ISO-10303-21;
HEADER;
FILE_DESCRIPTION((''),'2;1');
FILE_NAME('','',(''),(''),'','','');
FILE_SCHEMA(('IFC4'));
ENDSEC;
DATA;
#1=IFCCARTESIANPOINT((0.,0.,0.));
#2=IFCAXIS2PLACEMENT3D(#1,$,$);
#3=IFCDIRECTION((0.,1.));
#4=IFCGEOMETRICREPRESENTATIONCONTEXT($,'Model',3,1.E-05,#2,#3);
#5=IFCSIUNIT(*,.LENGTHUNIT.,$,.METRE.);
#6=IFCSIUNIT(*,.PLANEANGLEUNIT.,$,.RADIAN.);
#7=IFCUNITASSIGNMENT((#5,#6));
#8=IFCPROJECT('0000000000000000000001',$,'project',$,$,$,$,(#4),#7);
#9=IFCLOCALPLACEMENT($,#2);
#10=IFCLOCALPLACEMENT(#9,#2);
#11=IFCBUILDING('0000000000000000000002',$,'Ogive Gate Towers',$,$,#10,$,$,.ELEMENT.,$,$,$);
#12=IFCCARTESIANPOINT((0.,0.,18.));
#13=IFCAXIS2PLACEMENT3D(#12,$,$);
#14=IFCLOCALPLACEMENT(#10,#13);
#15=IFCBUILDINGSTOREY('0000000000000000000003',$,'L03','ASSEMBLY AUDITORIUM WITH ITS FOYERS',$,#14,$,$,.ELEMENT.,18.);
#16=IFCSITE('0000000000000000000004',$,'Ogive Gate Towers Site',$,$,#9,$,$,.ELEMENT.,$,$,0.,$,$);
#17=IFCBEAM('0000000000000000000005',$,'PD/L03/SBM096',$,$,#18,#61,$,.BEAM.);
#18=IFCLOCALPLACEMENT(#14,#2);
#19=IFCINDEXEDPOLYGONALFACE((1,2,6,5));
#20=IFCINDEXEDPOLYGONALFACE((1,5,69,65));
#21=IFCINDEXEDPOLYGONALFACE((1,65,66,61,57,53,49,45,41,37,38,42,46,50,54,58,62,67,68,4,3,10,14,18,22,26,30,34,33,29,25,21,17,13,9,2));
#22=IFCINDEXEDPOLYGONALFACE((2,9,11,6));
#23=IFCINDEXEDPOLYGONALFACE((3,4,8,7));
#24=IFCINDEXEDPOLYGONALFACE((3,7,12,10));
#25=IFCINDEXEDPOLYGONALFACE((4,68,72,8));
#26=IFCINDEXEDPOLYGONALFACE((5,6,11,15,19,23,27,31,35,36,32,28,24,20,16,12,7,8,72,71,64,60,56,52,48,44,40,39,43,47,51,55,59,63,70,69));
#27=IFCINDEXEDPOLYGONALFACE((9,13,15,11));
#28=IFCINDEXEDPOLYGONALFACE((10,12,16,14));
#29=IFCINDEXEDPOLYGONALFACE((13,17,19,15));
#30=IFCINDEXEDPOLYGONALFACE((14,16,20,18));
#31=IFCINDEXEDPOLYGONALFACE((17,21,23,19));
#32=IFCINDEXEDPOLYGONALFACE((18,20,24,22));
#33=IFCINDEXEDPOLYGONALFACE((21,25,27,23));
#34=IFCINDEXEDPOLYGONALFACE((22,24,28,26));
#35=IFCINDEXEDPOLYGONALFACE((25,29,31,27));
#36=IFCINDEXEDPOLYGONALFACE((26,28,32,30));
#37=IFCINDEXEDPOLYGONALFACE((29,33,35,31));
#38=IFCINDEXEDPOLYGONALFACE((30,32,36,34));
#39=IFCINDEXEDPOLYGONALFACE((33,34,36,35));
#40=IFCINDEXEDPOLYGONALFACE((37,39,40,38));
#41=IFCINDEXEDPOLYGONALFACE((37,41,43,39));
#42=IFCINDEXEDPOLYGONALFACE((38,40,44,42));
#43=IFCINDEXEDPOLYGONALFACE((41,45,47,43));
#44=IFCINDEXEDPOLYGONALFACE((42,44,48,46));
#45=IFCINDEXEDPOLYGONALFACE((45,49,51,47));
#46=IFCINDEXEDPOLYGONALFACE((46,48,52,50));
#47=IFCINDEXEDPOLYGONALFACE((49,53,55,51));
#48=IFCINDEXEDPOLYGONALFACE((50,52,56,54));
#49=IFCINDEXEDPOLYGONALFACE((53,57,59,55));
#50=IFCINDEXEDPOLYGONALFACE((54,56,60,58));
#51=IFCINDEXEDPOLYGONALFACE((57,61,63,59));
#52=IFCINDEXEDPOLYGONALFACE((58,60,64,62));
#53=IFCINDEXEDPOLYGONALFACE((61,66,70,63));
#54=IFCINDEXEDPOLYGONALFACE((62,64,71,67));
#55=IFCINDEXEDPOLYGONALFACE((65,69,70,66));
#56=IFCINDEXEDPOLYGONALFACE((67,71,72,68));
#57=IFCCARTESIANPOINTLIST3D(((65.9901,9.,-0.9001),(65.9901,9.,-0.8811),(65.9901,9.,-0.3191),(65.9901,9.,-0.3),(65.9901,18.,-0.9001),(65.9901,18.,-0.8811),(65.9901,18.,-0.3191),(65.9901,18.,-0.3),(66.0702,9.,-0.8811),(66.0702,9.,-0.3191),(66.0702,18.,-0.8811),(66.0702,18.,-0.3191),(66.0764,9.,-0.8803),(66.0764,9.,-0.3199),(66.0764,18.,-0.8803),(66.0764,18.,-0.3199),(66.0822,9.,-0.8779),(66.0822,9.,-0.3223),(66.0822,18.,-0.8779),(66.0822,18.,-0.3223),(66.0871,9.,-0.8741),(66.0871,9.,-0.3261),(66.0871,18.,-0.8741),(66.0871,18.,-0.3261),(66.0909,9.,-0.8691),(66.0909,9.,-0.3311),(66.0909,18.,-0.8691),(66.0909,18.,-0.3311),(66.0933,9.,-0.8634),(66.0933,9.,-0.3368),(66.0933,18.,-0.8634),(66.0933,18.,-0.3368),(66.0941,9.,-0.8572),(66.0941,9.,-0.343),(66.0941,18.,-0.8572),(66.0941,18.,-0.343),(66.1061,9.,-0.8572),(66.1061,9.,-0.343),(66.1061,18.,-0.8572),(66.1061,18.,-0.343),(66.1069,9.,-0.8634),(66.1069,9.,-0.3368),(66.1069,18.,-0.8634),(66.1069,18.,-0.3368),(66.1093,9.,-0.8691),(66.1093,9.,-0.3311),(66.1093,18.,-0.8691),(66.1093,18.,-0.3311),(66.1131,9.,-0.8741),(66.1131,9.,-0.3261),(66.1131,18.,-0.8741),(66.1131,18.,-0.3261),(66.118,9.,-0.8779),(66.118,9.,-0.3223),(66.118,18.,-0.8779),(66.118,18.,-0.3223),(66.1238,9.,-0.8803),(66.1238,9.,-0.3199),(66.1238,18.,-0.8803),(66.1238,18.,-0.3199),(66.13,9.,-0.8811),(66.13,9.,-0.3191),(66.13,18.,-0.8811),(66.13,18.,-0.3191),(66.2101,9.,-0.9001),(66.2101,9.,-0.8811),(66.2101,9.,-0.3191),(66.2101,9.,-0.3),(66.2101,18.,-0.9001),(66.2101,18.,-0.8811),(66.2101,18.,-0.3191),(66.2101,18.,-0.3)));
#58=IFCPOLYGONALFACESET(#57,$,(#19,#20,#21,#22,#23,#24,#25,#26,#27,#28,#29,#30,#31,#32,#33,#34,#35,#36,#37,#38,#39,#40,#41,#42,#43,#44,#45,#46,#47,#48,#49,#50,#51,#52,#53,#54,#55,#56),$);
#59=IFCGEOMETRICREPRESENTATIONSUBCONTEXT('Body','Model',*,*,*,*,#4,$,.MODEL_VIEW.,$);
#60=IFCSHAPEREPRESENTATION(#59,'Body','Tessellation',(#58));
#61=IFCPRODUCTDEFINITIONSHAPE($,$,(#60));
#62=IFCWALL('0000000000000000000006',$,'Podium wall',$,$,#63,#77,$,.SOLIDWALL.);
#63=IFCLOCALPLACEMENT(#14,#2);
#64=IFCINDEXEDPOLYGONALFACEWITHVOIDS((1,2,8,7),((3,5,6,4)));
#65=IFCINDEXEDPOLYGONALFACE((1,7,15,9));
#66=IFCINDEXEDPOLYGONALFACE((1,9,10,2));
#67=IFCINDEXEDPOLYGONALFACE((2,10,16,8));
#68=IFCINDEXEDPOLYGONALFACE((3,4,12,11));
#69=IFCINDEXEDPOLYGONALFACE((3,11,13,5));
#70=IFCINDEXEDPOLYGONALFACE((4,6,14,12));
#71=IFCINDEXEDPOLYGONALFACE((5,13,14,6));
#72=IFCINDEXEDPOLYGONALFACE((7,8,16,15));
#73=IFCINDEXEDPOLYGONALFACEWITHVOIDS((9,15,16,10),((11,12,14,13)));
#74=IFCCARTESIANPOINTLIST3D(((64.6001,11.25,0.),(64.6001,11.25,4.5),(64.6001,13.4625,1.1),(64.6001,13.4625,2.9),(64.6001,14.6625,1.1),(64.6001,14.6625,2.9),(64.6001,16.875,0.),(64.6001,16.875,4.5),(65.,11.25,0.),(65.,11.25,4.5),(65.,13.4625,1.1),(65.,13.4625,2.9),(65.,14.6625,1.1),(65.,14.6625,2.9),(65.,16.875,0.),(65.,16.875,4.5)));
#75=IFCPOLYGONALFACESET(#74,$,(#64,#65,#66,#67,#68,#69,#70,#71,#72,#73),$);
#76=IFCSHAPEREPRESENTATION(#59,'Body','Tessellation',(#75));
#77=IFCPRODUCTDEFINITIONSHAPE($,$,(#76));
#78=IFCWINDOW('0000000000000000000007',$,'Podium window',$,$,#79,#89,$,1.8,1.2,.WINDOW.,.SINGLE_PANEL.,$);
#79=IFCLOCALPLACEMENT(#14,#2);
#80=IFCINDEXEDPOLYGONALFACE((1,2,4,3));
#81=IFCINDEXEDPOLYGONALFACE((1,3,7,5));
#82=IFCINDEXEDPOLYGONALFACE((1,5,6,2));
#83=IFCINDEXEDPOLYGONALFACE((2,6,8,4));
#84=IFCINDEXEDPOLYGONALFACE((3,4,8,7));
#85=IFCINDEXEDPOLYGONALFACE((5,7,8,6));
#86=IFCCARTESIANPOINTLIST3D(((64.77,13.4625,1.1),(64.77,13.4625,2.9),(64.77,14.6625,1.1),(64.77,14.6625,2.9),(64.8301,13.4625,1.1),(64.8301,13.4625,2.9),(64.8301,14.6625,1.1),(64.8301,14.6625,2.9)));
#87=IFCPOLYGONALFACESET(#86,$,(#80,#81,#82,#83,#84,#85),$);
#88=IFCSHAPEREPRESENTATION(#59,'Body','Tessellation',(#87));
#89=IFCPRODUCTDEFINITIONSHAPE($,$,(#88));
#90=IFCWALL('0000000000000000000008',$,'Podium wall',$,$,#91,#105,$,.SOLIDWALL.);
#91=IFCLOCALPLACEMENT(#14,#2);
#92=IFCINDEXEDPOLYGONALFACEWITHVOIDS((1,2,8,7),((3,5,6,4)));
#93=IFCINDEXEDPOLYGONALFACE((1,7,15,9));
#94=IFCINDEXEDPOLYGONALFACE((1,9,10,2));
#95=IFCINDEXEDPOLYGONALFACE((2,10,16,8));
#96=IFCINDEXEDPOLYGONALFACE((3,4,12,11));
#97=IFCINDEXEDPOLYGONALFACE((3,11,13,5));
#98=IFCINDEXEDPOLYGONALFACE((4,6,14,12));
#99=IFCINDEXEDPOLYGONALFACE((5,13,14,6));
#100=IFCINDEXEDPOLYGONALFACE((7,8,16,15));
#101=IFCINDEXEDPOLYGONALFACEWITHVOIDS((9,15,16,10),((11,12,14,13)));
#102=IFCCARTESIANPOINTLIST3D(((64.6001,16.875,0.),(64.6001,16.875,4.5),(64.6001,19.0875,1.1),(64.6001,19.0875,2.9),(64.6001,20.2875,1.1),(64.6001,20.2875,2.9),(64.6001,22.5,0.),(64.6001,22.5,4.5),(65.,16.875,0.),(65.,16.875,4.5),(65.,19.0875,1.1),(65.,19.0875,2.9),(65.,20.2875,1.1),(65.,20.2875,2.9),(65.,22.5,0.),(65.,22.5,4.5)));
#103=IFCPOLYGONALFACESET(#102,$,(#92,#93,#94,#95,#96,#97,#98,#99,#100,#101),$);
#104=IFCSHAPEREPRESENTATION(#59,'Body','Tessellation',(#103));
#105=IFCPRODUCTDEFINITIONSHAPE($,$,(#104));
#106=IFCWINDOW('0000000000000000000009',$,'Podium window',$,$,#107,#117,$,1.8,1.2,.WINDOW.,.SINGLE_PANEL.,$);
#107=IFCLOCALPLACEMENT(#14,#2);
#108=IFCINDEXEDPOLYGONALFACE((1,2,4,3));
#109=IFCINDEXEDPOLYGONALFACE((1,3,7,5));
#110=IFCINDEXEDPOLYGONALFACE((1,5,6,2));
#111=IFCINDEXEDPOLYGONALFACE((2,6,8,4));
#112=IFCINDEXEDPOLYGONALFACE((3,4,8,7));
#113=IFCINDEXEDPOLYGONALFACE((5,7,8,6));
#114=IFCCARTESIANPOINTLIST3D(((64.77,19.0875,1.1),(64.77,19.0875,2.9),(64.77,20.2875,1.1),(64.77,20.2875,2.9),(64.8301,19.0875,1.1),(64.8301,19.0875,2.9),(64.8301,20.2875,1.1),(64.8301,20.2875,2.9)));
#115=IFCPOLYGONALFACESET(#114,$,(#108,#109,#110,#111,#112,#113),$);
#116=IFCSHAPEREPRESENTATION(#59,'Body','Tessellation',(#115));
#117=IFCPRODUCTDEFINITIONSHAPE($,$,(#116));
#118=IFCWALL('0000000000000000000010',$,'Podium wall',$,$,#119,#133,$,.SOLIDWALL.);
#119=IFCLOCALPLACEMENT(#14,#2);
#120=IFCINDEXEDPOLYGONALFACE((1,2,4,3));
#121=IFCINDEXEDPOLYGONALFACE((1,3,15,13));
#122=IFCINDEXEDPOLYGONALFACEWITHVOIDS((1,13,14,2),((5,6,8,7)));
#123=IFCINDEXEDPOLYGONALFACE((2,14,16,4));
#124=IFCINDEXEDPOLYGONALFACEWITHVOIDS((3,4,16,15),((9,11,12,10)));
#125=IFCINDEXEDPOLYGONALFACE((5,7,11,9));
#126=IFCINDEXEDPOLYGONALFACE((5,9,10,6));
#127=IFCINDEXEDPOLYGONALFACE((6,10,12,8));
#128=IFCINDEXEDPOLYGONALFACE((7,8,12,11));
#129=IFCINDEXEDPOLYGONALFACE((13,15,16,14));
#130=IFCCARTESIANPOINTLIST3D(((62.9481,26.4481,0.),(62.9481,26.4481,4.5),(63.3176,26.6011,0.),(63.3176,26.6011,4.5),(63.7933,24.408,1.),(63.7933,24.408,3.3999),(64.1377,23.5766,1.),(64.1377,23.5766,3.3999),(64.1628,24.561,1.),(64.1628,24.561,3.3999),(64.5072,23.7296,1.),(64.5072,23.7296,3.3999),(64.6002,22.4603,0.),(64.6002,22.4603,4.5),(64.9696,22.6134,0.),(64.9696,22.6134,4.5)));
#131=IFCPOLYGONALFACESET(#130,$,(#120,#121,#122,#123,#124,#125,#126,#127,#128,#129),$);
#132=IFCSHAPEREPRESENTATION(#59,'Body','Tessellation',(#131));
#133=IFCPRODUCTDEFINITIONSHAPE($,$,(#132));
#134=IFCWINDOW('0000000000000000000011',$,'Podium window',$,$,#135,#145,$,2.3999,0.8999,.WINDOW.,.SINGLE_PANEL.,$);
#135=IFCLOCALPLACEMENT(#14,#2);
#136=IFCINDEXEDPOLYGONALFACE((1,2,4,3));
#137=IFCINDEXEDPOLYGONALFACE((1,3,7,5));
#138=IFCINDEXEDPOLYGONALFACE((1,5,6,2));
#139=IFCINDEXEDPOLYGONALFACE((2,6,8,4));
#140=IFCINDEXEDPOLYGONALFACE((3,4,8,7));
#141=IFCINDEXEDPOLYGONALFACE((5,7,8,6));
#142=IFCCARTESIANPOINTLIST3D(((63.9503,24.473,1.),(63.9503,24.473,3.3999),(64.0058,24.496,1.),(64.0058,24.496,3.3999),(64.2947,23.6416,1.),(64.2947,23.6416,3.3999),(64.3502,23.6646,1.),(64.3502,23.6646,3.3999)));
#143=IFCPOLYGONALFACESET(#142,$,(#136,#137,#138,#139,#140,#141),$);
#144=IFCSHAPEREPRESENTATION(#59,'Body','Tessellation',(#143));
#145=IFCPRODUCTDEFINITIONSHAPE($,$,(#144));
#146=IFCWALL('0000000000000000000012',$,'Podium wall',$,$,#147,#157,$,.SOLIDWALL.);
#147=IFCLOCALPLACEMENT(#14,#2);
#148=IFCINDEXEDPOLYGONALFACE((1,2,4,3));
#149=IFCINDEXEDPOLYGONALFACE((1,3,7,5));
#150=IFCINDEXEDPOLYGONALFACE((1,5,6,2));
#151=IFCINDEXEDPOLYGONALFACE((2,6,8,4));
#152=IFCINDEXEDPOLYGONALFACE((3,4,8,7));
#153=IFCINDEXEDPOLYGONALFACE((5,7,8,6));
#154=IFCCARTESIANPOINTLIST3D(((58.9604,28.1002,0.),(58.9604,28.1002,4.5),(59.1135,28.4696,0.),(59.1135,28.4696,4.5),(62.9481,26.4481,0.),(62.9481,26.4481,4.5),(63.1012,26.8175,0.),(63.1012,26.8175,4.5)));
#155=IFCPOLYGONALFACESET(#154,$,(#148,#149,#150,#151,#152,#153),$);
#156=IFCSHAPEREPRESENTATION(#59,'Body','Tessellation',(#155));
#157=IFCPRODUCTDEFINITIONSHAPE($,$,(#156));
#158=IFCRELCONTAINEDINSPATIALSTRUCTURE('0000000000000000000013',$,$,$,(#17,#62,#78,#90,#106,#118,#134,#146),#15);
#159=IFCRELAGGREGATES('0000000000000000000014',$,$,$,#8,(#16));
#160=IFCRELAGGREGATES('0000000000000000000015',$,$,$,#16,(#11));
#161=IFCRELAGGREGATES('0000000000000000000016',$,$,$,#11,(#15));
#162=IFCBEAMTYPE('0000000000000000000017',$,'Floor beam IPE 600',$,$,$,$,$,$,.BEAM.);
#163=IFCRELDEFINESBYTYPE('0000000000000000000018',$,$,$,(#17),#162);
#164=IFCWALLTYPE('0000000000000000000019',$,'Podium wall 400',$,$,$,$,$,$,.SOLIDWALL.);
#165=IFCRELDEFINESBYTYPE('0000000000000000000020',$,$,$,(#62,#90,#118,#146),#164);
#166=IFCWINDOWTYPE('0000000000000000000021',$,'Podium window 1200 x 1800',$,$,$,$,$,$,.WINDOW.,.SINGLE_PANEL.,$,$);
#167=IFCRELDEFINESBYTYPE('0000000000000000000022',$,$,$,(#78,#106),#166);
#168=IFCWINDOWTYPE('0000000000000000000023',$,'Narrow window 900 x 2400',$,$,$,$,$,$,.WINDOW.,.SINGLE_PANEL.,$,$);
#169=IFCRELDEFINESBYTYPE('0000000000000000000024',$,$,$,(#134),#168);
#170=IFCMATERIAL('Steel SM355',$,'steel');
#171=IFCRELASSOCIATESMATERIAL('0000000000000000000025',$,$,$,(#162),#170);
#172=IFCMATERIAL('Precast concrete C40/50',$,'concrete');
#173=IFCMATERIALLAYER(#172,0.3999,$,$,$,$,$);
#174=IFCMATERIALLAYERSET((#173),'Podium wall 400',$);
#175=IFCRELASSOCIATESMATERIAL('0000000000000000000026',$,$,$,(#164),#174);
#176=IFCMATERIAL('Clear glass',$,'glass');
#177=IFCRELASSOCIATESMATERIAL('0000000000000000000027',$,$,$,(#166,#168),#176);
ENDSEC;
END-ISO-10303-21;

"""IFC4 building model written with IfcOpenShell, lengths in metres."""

from ifc_helpers import new_model, si_unit, direction, frame, frame_2d, origin, origin_2d, place, context, subcontext, project, spatial, rectangle, i_section, extrude, material, layer, layer_set, material_profile, profile_set, type_object, element, fill, save


model = new_model("IFC4")

# Units and contexts
model_context = context("Model", 3, precision=1e-05, world=origin(), true_north=direction((0.0, 1.0)))
body_context = subcontext(model_context, "Body", "Model", "MODEL_VIEW")
ifc_project = project(units=[si_unit("LENGTHUNIT", "METRE"), si_unit("PLANEANGLEUNIT", "RADIAN")], contexts=[model_context])

# Site, building, storey
site_placement = place(None, origin())
site = spatial("IfcSite", under=ifc_project, at=site_placement, Name="Ogive Gate Towers Site", CompositionType="ELEMENT", RefElevation=0.0)
building_placement = place(site_placement, origin())
building = spatial("IfcBuilding", under=site, at=building_placement, Name="Ogive Gate Towers", CompositionType="ELEMENT")
storey_placement = place(building_placement, frame((0.0, 0.0, 18.0)))
storey = spatial("IfcBuildingStorey", under=building, at=storey_placement, Name="L03", Description="ASSEMBLY AUDITORIUM WITH ITS FOYERS", CompositionType="ELEMENT", Elevation=18.0)

# Beam
ifc_material_1 = material(Name="Steel SM355", Category="steel")
ifc_material_profile_1 = material_profile(ifc_material_1, i_section(OverallWidth=0.22, OverallDepth=0.6001, WebThickness=0.012, FlangeThickness=0.019, FilletRadius=0.0239, at=origin_2d()), Name="IPE 600")
ifc_profile_set_1 = profile_set([ifc_material_profile_1], Name="Steel SM355")
beam_type_1 = type_object("IfcBeamType", Name="Floor beam IPE 600", PredefinedType="BEAM", material=ifc_profile_set_1)
beam_1_placement = place(storey_placement, frame((66.1001, 18.0, -0.6001), z_axis=(0.0, -1.0, 0.0), x_axis=(1.0, 0.0, 0.0)))
element("IfcBeam", 1, at=beam_1_placement, inside=storey, type_object=beam_type_1, Name="PD/L03/SBM096", PredefinedType="BEAM", context=body_context, shape_type="SweptSolid", body=[
    extrude(i_section(OverallWidth=0.22, OverallDepth=0.6001, WebThickness=0.012, FlangeThickness=0.019, FilletRadius=0.0239, at=origin_2d()), origin(), (0.0, 0.0, 1.0), 9.0),
])

# Walls, openings, windows
ifc_material_2 = material(Name="Precast concrete C40/50", Category="concrete")
ifc_layer = layer(ifc_material_2, 0.3999)
ifc_layer_set = layer_set([ifc_layer], Name="Podium wall 400")
wall_type = type_object("IfcWallType", Name="Podium wall 400", PredefinedType="SOLIDWALL", material=ifc_layer_set)
wall_1_placement = place(storey_placement, frame((64.8, 11.25, 0.0), z_axis=(0.0, 0.0, 1.0), x_axis=(0.0, 1.0, 0.0)))
wall_1 = element("IfcWall", 2, at=wall_1_placement, inside=storey, type_object=wall_type, Name="Podium wall", PredefinedType="SOLIDWALL", context=body_context, shape_type="SweptSolid", body=[
    extrude(rectangle(XDim=5.625, YDim=0.3999, at=frame_2d((2.8125, 0.0))), origin(), (0.0, 0.0, 1.0), 4.5),
])
opening_1_placement = place(wall_1_placement, frame((2.2124, 0.0, 1.1001)))
opening_1 = element("IfcOpeningElement", 3, at=opening_1_placement, cuts=wall_1, PredefinedType="OPENING", context=body_context, shape_type="SweptSolid", body=[
    extrude(rectangle(XDim=1.2, YDim=1.8, at=frame_2d((0.6001, 0.8999))), frame((0.0, 0.21, 0.0), z_axis=(0.0, -1.0, 0.0), x_axis=(1.0, 0.0, 0.0)), (0.0, 0.0, 1.0), 0.4199),
])
ifc_material_3 = material(Name="Clear glass", Category="glass")
window_type_1 = type_object("IfcWindowType", Name="Podium window 1200 x 1800", PartitioningType="SINGLE_PANEL", PredefinedType="WINDOW", material=ifc_material_3)
window_1_placement = place(opening_1_placement, origin())
window_1 = element("IfcWindow", 4, at=window_1_placement, inside=storey, type_object=window_type_1, Name="Podium window", OverallHeight=1.8, OverallWidth=1.2, PartitioningType="SINGLE_PANEL", PredefinedType="WINDOW", context=body_context, shape_type="SweptSolid", body=[
    extrude(rectangle(XDim=1.2, YDim=1.8, at=frame_2d((0.6001, 0.8999))), frame((0.0, 0.03, 0.0), z_axis=(0.0, -1.0, 0.0), x_axis=(1.0, 0.0, 0.0)), (0.0, 0.0, 1.0), 0.0601),
])
fill(opening_1, window_1)
wall_2_placement = place(storey_placement, frame((64.8, 16.875, 0.0), z_axis=(0.0, 0.0, 1.0), x_axis=(0.0, 1.0, 0.0)))
wall_2 = element("IfcWall", 5, at=wall_2_placement, inside=storey, type_object=wall_type, Name="Podium wall", PredefinedType="SOLIDWALL", context=body_context, shape_type="SweptSolid", body=[
    extrude(rectangle(XDim=5.625, YDim=0.3999, at=frame_2d((2.8125, 0.0))), origin(), (0.0, 0.0, 1.0), 4.5),
])
opening_2_placement = place(wall_2_placement, frame((2.2124, 0.0, 1.1001)))
opening_2 = element("IfcOpeningElement", 6, at=opening_2_placement, cuts=wall_2, PredefinedType="OPENING", context=body_context, shape_type="SweptSolid", body=[
    extrude(rectangle(XDim=1.2, YDim=1.8, at=frame_2d((0.6001, 0.8999))), frame((0.0, 0.21, 0.0), z_axis=(0.0, -1.0, 0.0), x_axis=(1.0, 0.0, 0.0)), (0.0, 0.0, 1.0), 0.4199),
])
window_2_placement = place(opening_2_placement, origin())
window_2 = element("IfcWindow", 7, at=window_2_placement, inside=storey, type_object=window_type_1, Name="Podium window", OverallHeight=1.8, OverallWidth=1.2, PartitioningType="SINGLE_PANEL", PredefinedType="WINDOW", context=body_context, shape_type="SweptSolid", body=[
    extrude(rectangle(XDim=1.2, YDim=1.8, at=frame_2d((0.6001, 0.8999))), frame((0.0, 0.03, 0.0), z_axis=(0.0, -1.0, 0.0), x_axis=(1.0, 0.0, 0.0)), (0.0, 0.0, 1.0), 0.0601),
])
fill(opening_2, window_2)
wall_3_placement = place(storey_placement, frame((64.7849, 22.5369, 0.0), z_axis=(0.0, 0.0, 1.0), x_axis=(-0.382743, 0.923855, 0.0)))
wall_3 = element("IfcWall", 8, at=wall_3_placement, inside=storey, type_object=wall_type, Name="Podium wall", PredefinedType="SOLIDWALL", context=body_context, shape_type="SweptSolid", body=[
    extrude(rectangle(XDim=4.3164, YDim=0.3999, at=frame_2d((2.1582, 0.0))), origin(), (0.0, 0.0, 1.0), 4.5),
])
opening_3_placement = place(wall_3_placement, frame((1.2083, 0.0, 1.0)))
opening_3 = element("IfcOpeningElement", 9, at=opening_3_placement, cuts=wall_3, PredefinedType="OPENING", context=body_context, shape_type="SweptSolid", body=[
    extrude(rectangle(XDim=0.8999, YDim=2.3999, at=frame_2d((0.45, 1.2))), frame((0.0, 0.21, 0.0), z_axis=(0.0, -1.0, 0.0), x_axis=(1.0, 0.0, 0.0)), (0.0, 0.0, 1.0), 0.4199),
])
window_type_2 = type_object("IfcWindowType", Name="Narrow window 900 x 2400", PartitioningType="SINGLE_PANEL", PredefinedType="WINDOW", material=ifc_material_3)
window_3_placement = place(opening_3_placement, origin())
window_3 = element("IfcWindow", 10, at=window_3_placement, inside=storey, type_object=window_type_2, Name="Podium window", OverallHeight=2.3999, OverallWidth=0.8999, PartitioningType="SINGLE_PANEL", PredefinedType="WINDOW", context=body_context, shape_type="SweptSolid", body=[
    extrude(rectangle(XDim=0.8999, YDim=2.3999, at=frame_2d((0.45, 1.2))), frame((0.0, 0.03, 0.0), z_axis=(0.0, -1.0, 0.0), x_axis=(1.0, 0.0, 0.0)), (0.0, 0.0, 1.0), 0.0601),
])
fill(opening_3, window_3)

# Wall
wall_4_placement = place(storey_placement, frame((63.0247, 26.6328, 0.0), z_axis=(0.0, 0.0, 1.0), x_axis=(-0.923855, 0.382743, 0.0)))
element("IfcWall", 11, at=wall_4_placement, inside=storey, type_object=wall_type, Name="Podium wall", PredefinedType="SOLIDWALL", context=body_context, shape_type="SweptSolid", body=[
    extrude(rectangle(XDim=4.3164, YDim=0.3999, at=frame_2d((2.1582, 0.0))), origin(), (0.0, 0.0, 1.0), 4.5),
])

save(model, "model.ifc")
